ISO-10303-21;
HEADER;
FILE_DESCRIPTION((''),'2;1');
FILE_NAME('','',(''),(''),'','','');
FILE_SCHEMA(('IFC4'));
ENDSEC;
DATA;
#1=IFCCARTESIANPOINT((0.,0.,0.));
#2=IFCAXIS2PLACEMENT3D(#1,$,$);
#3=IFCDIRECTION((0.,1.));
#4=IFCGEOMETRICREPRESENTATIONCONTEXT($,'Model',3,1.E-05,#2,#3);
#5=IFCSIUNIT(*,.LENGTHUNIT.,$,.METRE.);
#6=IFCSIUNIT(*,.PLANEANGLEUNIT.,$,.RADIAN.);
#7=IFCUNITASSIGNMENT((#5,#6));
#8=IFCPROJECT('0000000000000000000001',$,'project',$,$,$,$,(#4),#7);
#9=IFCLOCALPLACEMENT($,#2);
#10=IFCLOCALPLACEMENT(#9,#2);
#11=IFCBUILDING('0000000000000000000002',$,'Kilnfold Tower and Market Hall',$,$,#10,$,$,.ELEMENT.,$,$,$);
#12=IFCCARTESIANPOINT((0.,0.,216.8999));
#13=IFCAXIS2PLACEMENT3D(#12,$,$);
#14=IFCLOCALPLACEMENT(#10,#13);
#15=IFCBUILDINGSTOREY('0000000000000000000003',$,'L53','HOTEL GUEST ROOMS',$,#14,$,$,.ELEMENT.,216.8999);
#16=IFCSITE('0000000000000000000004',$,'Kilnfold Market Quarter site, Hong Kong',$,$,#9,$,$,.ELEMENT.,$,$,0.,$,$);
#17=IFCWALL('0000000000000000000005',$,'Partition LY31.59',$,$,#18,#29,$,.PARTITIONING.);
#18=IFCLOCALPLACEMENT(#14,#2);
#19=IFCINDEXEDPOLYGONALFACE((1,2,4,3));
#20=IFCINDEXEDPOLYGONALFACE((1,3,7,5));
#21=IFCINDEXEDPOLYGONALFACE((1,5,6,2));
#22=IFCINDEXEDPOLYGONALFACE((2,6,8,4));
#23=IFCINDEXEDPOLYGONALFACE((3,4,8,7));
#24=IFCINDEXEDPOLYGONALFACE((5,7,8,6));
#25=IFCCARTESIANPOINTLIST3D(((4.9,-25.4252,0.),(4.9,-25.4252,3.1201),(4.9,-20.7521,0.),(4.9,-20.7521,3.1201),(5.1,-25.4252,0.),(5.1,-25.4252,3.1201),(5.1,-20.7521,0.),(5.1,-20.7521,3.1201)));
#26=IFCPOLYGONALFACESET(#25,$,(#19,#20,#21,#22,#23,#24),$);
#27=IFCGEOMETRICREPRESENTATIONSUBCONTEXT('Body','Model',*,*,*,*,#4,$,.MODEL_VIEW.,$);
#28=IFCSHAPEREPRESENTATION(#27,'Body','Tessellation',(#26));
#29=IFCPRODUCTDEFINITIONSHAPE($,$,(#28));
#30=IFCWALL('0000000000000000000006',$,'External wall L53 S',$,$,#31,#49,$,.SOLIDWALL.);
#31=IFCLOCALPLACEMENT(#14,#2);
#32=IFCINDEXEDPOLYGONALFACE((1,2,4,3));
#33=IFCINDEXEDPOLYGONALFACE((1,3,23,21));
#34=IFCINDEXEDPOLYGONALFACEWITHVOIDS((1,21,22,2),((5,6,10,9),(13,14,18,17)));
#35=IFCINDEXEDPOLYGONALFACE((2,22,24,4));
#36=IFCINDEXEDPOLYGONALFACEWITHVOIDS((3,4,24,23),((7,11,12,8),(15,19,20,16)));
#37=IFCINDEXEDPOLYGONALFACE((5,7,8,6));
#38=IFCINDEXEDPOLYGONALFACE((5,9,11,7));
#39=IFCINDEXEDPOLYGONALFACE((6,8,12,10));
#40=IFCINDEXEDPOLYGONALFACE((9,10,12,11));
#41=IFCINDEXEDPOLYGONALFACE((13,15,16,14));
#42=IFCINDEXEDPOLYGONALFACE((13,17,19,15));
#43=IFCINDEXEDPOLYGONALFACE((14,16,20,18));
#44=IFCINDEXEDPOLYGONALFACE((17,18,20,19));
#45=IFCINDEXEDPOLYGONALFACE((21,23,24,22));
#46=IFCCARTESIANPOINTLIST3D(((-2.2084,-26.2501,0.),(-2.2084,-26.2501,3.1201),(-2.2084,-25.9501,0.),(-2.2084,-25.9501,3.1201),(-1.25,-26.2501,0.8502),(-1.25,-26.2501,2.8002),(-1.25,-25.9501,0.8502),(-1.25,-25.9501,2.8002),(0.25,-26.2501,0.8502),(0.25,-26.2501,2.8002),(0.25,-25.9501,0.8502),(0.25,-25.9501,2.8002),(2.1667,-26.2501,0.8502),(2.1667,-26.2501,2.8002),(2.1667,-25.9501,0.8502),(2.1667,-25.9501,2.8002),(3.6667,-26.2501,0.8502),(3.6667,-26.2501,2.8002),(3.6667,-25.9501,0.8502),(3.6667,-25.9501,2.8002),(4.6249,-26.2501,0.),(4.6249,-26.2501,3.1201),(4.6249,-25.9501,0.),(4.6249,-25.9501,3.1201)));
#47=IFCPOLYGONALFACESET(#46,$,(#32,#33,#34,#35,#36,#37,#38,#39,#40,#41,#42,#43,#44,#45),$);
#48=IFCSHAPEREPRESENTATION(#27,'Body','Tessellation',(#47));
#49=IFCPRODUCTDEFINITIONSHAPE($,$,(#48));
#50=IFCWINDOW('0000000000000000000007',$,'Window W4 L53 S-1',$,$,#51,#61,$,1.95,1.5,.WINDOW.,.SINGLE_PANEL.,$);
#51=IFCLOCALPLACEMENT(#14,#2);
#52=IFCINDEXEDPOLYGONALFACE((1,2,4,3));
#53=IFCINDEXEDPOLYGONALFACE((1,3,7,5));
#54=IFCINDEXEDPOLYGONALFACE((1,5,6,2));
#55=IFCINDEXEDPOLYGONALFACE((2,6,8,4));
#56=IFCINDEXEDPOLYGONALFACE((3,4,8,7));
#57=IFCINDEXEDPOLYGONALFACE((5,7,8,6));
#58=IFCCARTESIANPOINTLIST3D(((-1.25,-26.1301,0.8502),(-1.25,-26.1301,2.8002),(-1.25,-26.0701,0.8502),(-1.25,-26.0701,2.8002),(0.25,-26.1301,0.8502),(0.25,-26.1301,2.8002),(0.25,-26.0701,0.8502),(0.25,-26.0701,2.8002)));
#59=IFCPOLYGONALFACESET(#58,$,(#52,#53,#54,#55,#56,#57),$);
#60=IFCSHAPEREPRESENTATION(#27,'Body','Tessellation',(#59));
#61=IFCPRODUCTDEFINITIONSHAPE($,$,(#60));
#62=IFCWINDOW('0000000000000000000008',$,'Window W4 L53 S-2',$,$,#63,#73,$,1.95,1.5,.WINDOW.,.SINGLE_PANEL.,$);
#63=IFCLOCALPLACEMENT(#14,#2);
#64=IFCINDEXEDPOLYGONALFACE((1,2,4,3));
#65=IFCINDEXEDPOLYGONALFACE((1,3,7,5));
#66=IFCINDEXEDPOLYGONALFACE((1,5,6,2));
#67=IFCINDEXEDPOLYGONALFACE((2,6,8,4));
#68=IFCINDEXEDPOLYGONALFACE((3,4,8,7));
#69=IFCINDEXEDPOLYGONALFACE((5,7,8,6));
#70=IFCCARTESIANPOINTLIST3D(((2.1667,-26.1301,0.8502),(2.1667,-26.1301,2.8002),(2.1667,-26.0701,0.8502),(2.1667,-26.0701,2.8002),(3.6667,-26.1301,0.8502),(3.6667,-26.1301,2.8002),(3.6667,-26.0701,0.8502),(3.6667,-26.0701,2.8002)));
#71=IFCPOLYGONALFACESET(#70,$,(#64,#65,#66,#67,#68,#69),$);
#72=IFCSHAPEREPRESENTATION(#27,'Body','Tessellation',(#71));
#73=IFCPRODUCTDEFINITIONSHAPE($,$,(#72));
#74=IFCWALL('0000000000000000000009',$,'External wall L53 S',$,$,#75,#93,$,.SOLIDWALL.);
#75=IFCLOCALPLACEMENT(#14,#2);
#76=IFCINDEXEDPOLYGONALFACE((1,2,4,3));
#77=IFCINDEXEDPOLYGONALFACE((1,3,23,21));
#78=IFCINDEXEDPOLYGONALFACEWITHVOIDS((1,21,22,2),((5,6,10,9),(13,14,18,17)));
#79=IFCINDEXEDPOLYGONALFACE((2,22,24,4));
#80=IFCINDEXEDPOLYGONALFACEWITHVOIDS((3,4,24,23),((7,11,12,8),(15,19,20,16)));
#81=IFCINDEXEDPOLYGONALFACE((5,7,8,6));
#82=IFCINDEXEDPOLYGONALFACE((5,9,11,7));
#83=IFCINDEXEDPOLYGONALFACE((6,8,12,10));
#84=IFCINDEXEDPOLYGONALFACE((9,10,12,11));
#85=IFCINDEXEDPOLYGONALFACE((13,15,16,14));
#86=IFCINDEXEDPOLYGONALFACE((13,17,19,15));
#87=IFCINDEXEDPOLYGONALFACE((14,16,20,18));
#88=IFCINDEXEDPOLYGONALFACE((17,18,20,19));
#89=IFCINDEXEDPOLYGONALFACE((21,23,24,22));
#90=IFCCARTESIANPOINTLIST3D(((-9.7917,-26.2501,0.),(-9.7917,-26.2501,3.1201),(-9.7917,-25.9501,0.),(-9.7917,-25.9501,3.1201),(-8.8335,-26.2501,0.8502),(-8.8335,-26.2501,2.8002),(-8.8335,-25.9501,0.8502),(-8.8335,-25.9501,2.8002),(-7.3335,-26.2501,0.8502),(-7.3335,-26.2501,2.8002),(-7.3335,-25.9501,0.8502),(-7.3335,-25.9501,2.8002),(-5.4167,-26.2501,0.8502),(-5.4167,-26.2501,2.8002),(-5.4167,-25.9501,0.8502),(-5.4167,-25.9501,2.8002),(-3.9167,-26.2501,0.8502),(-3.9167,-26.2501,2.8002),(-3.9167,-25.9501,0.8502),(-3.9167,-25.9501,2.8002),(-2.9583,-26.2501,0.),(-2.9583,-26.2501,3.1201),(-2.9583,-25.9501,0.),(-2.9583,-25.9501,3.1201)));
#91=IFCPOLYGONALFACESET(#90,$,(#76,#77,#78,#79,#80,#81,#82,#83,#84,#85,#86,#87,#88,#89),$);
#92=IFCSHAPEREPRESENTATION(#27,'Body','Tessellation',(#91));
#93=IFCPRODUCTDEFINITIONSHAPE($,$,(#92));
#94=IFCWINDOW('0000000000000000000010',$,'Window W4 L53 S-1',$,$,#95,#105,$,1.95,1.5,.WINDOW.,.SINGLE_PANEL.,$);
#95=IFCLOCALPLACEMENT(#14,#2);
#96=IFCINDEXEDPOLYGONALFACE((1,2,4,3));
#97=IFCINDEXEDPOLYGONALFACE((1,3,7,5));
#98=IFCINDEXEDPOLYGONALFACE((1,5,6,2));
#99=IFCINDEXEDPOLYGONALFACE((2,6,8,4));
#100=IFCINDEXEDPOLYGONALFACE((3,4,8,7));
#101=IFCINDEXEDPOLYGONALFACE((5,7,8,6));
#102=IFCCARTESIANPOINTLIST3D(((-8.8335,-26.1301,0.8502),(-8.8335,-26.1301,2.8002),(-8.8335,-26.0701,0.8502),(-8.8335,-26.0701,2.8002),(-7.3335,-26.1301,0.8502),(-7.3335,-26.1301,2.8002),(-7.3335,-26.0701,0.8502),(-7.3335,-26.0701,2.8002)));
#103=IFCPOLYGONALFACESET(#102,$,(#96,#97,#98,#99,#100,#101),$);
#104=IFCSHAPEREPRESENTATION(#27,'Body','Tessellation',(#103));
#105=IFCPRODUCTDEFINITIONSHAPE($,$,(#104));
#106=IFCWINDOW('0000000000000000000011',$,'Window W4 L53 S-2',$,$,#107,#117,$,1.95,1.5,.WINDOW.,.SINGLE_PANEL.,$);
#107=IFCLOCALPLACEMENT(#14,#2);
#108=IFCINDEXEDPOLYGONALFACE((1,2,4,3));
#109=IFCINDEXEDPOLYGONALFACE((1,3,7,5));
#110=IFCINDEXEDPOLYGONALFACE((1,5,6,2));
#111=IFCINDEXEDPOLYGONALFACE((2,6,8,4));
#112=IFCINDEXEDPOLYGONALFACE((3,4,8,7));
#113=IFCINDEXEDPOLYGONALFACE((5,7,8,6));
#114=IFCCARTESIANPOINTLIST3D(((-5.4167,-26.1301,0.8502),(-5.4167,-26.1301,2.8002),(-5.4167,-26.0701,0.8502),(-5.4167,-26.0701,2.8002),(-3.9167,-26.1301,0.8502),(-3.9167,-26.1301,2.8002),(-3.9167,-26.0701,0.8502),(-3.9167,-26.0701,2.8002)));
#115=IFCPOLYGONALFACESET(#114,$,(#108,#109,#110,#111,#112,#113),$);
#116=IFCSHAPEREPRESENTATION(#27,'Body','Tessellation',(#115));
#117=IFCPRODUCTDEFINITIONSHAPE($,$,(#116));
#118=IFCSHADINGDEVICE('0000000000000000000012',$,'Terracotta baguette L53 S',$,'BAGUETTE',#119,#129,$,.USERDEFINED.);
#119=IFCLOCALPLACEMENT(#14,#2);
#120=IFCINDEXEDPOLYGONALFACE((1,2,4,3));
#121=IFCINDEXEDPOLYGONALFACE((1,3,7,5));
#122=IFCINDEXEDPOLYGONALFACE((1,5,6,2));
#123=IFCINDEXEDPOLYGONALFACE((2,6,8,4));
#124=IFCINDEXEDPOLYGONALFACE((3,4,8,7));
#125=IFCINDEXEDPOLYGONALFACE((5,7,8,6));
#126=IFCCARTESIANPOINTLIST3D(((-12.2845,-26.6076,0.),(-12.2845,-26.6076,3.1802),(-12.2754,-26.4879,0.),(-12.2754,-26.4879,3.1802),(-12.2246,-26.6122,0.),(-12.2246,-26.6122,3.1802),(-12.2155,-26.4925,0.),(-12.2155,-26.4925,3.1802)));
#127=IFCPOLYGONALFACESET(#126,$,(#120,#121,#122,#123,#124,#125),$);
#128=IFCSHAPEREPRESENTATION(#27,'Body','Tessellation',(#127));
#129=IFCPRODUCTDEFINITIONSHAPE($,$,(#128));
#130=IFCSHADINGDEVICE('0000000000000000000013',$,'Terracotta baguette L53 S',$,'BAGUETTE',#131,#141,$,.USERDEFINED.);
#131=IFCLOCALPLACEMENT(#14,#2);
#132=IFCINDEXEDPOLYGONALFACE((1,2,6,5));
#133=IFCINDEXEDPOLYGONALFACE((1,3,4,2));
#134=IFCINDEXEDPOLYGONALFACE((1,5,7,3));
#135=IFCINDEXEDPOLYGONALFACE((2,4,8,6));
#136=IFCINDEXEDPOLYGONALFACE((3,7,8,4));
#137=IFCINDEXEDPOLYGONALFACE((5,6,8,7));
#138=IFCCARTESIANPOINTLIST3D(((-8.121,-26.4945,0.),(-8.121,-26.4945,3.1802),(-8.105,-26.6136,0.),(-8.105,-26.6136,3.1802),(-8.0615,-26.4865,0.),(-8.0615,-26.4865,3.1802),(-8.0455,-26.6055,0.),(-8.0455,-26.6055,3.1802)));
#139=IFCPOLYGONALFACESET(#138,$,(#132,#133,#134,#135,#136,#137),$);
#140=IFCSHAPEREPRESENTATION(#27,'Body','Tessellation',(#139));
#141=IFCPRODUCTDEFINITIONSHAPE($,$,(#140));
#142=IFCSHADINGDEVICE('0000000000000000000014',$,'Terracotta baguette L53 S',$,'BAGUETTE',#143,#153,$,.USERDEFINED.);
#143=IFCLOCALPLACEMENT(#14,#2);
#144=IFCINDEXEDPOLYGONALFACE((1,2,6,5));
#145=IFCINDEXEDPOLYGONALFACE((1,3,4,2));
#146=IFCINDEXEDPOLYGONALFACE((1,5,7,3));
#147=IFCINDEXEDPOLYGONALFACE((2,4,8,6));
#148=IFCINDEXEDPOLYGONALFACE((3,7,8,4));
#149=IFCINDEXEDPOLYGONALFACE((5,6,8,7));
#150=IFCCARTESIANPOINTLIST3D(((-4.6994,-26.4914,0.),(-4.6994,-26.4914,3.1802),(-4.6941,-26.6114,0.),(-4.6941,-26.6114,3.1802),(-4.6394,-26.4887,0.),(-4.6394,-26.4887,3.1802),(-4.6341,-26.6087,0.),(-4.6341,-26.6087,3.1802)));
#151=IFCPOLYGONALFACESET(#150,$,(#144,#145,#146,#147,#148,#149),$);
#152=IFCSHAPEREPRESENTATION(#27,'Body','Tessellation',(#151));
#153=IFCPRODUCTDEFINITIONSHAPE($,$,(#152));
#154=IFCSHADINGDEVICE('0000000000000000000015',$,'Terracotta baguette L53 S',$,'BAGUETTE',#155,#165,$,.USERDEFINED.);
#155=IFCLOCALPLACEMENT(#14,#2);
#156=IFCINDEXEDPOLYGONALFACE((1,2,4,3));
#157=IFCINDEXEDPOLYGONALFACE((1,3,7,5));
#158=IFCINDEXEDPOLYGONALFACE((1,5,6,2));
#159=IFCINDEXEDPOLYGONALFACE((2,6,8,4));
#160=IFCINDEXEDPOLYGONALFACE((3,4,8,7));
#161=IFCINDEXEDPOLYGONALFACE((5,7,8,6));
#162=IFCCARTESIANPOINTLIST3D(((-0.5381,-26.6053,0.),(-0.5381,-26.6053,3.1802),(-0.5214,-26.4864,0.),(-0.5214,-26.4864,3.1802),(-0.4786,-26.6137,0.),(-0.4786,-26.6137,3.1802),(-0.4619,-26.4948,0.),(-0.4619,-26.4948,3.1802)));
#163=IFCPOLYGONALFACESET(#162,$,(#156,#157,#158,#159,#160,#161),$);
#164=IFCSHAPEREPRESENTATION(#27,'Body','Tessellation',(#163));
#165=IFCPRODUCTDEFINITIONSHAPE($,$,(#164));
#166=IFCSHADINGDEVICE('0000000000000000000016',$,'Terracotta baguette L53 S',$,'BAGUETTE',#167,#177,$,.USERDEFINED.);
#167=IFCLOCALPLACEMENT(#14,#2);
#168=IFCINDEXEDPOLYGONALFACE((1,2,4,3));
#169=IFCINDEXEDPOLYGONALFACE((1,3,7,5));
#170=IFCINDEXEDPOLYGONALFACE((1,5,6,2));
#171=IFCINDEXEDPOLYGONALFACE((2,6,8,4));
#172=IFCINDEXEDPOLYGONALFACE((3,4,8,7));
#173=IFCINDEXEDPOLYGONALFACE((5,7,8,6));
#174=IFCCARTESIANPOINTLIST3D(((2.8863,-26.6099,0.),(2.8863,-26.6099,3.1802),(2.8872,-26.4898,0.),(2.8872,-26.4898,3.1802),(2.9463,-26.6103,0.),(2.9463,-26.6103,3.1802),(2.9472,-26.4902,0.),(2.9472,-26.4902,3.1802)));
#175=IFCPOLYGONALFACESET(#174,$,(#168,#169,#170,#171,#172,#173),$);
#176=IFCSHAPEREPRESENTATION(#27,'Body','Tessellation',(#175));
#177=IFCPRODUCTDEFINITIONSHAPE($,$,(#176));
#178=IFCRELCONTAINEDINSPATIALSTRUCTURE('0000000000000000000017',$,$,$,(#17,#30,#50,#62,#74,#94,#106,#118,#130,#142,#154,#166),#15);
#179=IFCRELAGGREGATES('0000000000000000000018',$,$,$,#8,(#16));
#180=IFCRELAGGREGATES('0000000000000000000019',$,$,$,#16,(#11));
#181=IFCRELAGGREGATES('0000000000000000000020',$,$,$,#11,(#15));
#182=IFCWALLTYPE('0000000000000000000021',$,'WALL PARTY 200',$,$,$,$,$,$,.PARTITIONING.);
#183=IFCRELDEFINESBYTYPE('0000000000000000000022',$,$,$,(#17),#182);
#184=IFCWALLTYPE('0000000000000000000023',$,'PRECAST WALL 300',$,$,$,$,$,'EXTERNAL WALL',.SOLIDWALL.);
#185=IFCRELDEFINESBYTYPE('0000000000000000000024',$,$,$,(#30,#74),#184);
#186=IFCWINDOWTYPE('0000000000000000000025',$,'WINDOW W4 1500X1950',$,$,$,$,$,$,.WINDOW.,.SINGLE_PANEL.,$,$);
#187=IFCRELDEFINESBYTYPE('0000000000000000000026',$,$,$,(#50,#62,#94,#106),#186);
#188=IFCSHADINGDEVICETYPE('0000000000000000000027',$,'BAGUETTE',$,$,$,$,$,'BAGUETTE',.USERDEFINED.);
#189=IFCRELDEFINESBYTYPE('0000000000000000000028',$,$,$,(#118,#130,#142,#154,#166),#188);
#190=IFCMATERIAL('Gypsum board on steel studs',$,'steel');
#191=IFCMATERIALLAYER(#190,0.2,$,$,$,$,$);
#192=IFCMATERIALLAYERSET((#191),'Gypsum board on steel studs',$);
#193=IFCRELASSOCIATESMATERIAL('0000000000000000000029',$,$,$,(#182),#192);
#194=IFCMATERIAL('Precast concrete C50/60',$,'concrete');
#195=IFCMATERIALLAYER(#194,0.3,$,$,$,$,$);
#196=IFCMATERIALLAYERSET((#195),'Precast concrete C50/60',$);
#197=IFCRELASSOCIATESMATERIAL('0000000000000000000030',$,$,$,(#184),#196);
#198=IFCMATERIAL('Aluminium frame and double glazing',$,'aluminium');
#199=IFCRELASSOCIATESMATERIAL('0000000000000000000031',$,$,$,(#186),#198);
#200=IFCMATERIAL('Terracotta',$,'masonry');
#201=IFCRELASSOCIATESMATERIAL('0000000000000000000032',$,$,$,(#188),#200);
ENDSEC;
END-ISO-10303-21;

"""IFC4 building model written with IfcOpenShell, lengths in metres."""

from ifc_helpers import new_model, si_unit, direction, frame, frame_2d, origin, origin_2d, place, context, subcontext, project, spatial, rectangle, extrude, source, transform, mapped, material, layer, layer_set, material_profile, profile_set, type_object, element, fill, save


model = new_model("IFC4")

# Units and contexts
model_context = context("Model", 3, precision=1e-05, world=origin(), true_north=direction((0.0, 1.0)))
body_context = subcontext(model_context, "Body", "Model", "MODEL_VIEW")
ifc_project = project(units=[si_unit("LENGTHUNIT", "METRE"), si_unit("PLANEANGLEUNIT", "RADIAN")], contexts=[model_context])

# Site, building, storey
site_placement = place(None, origin())
site = spatial("IfcSite", under=ifc_project, at=site_placement, Name="Kilnfold Market Quarter site, Hong Kong", CompositionType="ELEMENT", RefElevation=0.0)
building_placement = place(site_placement, origin())
building = spatial("IfcBuilding", under=site, at=building_placement, Name="Kilnfold Tower and Market Hall", CompositionType="ELEMENT")
storey_placement = place(building_placement, frame((0.0, 0.0, 216.8999)))
storey = spatial("IfcBuildingStorey", under=building, at=storey_placement, Name="L53", Description="HOTEL GUEST ROOMS", CompositionType="ELEMENT", Elevation=216.8999)

# Wall
ifc_material_1 = material(Name="Gypsum board on steel studs", Category="steel")
ifc_layer_1 = layer(ifc_material_1, 0.2)
ifc_layer_set_1 = layer_set([ifc_layer_1], Name="Gypsum board on steel studs")
wall_type_1 = type_object("IfcWallType", Name="WALL PARTY 200", PredefinedType="PARTITIONING", material=ifc_layer_set_1)
wall_1_placement = place(storey_placement, frame((5.0, -25.425, 0.0), z_axis=(0.0, 0.0, 1.0), x_axis=(0.0, 1.0, 0.0)))
element("IfcWall", 1, at=wall_1_placement, inside=storey, type_object=wall_type_1, Name="Partition LY31.59", PredefinedType="PARTITIONING", context=body_context, shape_type="SweptSolid", body=[
    extrude(rectangle(XDim=4.6731, YDim=0.2, at=frame_2d((2.3364, 0.0))), origin(), (0.0, 0.0, 1.0), 3.1201),
])

# Walls, openings, windows
ifc_material_2 = material(Name="Precast concrete C50/60", Category="concrete")
ifc_layer_2 = layer(ifc_material_2, 0.3)
ifc_layer_set_2 = layer_set([ifc_layer_2], Name="Precast concrete C50/60")
wall_type_2 = type_object("IfcWallType", Name="PRECAST WALL 300", ElementType="EXTERNAL WALL", PredefinedType="SOLIDWALL", material=ifc_layer_set_2)
shared_shape_1 = source(origin(), body_context, "Body", "SweptSolid", [
    extrude(rectangle(XDim=6.8333, YDim=0.3, at=frame_2d((3.4165, 0.0))), origin(), (0.0, 0.0, 1.0), 3.1201),
])
wall_2_placement = place(storey_placement, frame((-2.2083, -26.1001, 0.0), z_axis=(0.0, 0.0, 1.0), x_axis=(1.0, 0.0, 0.0)))
wall_2 = element("IfcWall", 2, at=wall_2_placement, inside=storey, type_object=wall_type_2, Name="External wall L53 S", PredefinedType="SOLIDWALL", context=body_context, shape_type="MappedRepresentation", body=[
    mapped(shared_shape_1, transform((0.0, 0.0, 0.0))),
])
opening_1_placement = place(wall_2_placement, frame((0.9583, 0.0, 0.8501)))
opening_1 = element("IfcOpeningElement", 3, at=opening_1_placement, cuts=wall_2, PredefinedType="OPENING", context=body_context, shape_type="SweptSolid", body=[
    extrude(rectangle(XDim=1.5, YDim=1.95, at=frame_2d((0.75, 0.9751))), frame((0.0, 0.1602, 0.0), z_axis=(0.0, -1.0, 0.0), x_axis=(1.0, 0.0, 0.0)), (0.0, 0.0, 1.0), 0.3201),
])
opening_2_placement = place(wall_2_placement, frame((4.375, 0.0, 0.8501)))
opening_2 = element("IfcOpeningElement", 4, at=opening_2_placement, cuts=wall_2, PredefinedType="OPENING", context=body_context, shape_type="SweptSolid", body=[
    extrude(rectangle(XDim=1.5, YDim=1.95, at=frame_2d((0.75, 0.9751))), frame((0.0, 0.1602, 0.0), z_axis=(0.0, -1.0, 0.0), x_axis=(1.0, 0.0, 0.0)), (0.0, 0.0, 1.0), 0.3201),
])
ifc_material_3 = material(Name="Aluminium frame and double glazing", Category="aluminium")
window_type = type_object("IfcWindowType", Name="WINDOW W4 1500X1950", PartitioningType="SINGLE_PANEL", PredefinedType="WINDOW", material=ifc_material_3)
window_1_placement = place(opening_1_placement, origin())
window_1 = element("IfcWindow", 5, at=window_1_placement, inside=storey, type_object=window_type, Name="Window W4 L53 S-1", OverallHeight=1.95, OverallWidth=1.5, PartitioningType="SINGLE_PANEL", PredefinedType="WINDOW", context=body_context, shape_type="SweptSolid", body=[
    extrude(rectangle(XDim=1.5, YDim=1.95, at=frame_2d((0.75, 0.9751))), frame((0.0, 0.03, 0.0), z_axis=(0.0, -1.0, 0.0), x_axis=(1.0, 0.0, 0.0)), (0.0, 0.0, 1.0), 0.0601),
])
fill(opening_1, window_1)
window_2_placement = place(opening_2_placement, origin())
window_2 = element("IfcWindow", 6, at=window_2_placement, inside=storey, type_object=window_type, Name="Window W4 L53 S-2", OverallHeight=1.95, OverallWidth=1.5, PartitioningType="SINGLE_PANEL", PredefinedType="WINDOW", context=body_context, shape_type="SweptSolid", body=[
    extrude(rectangle(XDim=1.5, YDim=1.95, at=frame_2d((0.75, 0.9751))), frame((0.0, 0.03, 0.0), z_axis=(0.0, -1.0, 0.0), x_axis=(1.0, 0.0, 0.0)), (0.0, 0.0, 1.0), 0.0601),
])
fill(opening_2, window_2)
shared_shape_2 = source(origin(), body_context, "Body", "SweptSolid", [
    extrude(rectangle(XDim=6.8335, YDim=0.3, at=frame_2d((3.4167, 0.0))), origin(), (0.0, 0.0, 1.0), 3.1201),
])
wall_3_placement = place(storey_placement, frame((-9.7917, -26.1001, 0.0), z_axis=(0.0, 0.0, 1.0), x_axis=(1.0, 0.0, 0.0)))
wall_3 = element("IfcWall", 7, at=wall_3_placement, inside=storey, type_object=wall_type_2, Name="External wall L53 S", PredefinedType="SOLIDWALL", context=body_context, shape_type="MappedRepresentation", body=[
    mapped(shared_shape_2, transform((0.0, 0.0, 0.0))),
])
opening_3_placement = place(wall_3_placement, frame((0.9583, 0.0, 0.8501)))
opening_3 = element("IfcOpeningElement", 8, at=opening_3_placement, cuts=wall_3, PredefinedType="OPENING", context=body_context, shape_type="SweptSolid", body=[
    extrude(rectangle(XDim=1.5, YDim=1.95, at=frame_2d((0.75, 0.9751))), frame((0.0, 0.1602, 0.0), z_axis=(0.0, -1.0, 0.0), x_axis=(1.0, 0.0, 0.0)), (0.0, 0.0, 1.0), 0.3201),
])
opening_4_placement = place(wall_3_placement, frame((4.375, 0.0, 0.8501)))
opening_4 = element("IfcOpeningElement", 9, at=opening_4_placement, cuts=wall_3, PredefinedType="OPENING", context=body_context, shape_type="SweptSolid", body=[
    extrude(rectangle(XDim=1.5, YDim=1.95, at=frame_2d((0.75, 0.9751))), frame((0.0, 0.1602, 0.0), z_axis=(0.0, -1.0, 0.0), x_axis=(1.0, 0.0, 0.0)), (0.0, 0.0, 1.0), 0.3201),
])
window_3_placement = place(opening_3_placement, origin())
window_3 = element("IfcWindow", 10, at=window_3_placement, inside=storey, type_object=window_type, Name="Window W4 L53 S-1", OverallHeight=1.95, OverallWidth=1.5, PartitioningType="SINGLE_PANEL", PredefinedType="WINDOW", context=body_context, shape_type="SweptSolid", body=[
    extrude(rectangle(XDim=1.5, YDim=1.95, at=frame_2d((0.75, 0.9751))), frame((0.0, 0.03, 0.0), z_axis=(0.0, -1.0, 0.0), x_axis=(1.0, 0.0, 0.0)), (0.0, 0.0, 1.0), 0.0601),
])
fill(opening_3, window_3)
window_4_placement = place(opening_4_placement, origin())
window_4 = element("IfcWindow", 11, at=window_4_placement, inside=storey, type_object=window_type, Name="Window W4 L53 S-2", OverallHeight=1.95, OverallWidth=1.5, PartitioningType="SINGLE_PANEL", PredefinedType="WINDOW", context=body_context, shape_type="SweptSolid", body=[
    extrude(rectangle(XDim=1.5, YDim=1.95, at=frame_2d((0.75, 0.9751))), frame((0.0, 0.03, 0.0), z_axis=(0.0, -1.0, 0.0), x_axis=(1.0, 0.0, 0.0)), (0.0, 0.0, 1.0), 0.0601),
])
fill(opening_4, window_4)

# Shading devices
ifc_material_4 = material(Name="Terracotta", Category="masonry")
ifc_material_profile_1 = material_profile(ifc_material_4, rectangle(XDim=0.0601, YDim=0.1201, at=origin_2d()), Name="BAG 60x120")
ifc_profile_set_1 = profile_set([ifc_material_profile_1], Name="Terracotta")
shading_device_type = type_object("IfcShadingDeviceType", Name="BAGUETTE", ElementType="BAGUETTE", PredefinedType="USERDEFINED", material=ifc_profile_set_1)
shared_shape_3 = source(origin(), body_context, "Body", "SweptSolid", [
    extrude(rectangle(XDim=0.0601, YDim=0.1201, at=origin_2d()), origin(), (0.0, 0.0, 1.0), 3.1802),
])
for number, where, z_axis, x_axis, name in (
    (12, (-12.25, -26.55, 0.0), (0.0, 0.0, 1.0), (0.997083, -0.076322, 0.0), "Terracotta baguette L53 S"),
    (13, (-8.0833, -26.55, 0.0), (0.0, 0.0, 1.0), (0.991009, 0.133796, 0.0), "Terracotta baguette L53 S"),
    (14, (-4.6667, -26.55, 0.0), (0.0, 0.0, 1.0), (0.999052, 0.043529, 0.0), "Terracotta baguette L53 S"),
    (15, (-0.5, -26.55, 0.0), (0.0, 0.0, 1.0), (0.990271, -0.139151, 0.0), "Terracotta baguette L53 S"),
    (16, (2.9167, -26.55, 0.0), (0.0, 0.0, 1.0), (0.99997, -0.007725, 0.0), "Terracotta baguette L53 S"),
):
    element("IfcShadingDevice", number, at=place(storey_placement, frame(where, z_axis=z_axis, x_axis=x_axis)), inside=storey, type_object=shading_device_type, Name=name, ObjectType="BAGUETTE", PredefinedType="USERDEFINED", context=body_context, shape_type="MappedRepresentation", body=[
        mapped(shared_shape_3, transform((0.0, 0.0, 0.0))),
    ])

save(model, "model.ifc")
